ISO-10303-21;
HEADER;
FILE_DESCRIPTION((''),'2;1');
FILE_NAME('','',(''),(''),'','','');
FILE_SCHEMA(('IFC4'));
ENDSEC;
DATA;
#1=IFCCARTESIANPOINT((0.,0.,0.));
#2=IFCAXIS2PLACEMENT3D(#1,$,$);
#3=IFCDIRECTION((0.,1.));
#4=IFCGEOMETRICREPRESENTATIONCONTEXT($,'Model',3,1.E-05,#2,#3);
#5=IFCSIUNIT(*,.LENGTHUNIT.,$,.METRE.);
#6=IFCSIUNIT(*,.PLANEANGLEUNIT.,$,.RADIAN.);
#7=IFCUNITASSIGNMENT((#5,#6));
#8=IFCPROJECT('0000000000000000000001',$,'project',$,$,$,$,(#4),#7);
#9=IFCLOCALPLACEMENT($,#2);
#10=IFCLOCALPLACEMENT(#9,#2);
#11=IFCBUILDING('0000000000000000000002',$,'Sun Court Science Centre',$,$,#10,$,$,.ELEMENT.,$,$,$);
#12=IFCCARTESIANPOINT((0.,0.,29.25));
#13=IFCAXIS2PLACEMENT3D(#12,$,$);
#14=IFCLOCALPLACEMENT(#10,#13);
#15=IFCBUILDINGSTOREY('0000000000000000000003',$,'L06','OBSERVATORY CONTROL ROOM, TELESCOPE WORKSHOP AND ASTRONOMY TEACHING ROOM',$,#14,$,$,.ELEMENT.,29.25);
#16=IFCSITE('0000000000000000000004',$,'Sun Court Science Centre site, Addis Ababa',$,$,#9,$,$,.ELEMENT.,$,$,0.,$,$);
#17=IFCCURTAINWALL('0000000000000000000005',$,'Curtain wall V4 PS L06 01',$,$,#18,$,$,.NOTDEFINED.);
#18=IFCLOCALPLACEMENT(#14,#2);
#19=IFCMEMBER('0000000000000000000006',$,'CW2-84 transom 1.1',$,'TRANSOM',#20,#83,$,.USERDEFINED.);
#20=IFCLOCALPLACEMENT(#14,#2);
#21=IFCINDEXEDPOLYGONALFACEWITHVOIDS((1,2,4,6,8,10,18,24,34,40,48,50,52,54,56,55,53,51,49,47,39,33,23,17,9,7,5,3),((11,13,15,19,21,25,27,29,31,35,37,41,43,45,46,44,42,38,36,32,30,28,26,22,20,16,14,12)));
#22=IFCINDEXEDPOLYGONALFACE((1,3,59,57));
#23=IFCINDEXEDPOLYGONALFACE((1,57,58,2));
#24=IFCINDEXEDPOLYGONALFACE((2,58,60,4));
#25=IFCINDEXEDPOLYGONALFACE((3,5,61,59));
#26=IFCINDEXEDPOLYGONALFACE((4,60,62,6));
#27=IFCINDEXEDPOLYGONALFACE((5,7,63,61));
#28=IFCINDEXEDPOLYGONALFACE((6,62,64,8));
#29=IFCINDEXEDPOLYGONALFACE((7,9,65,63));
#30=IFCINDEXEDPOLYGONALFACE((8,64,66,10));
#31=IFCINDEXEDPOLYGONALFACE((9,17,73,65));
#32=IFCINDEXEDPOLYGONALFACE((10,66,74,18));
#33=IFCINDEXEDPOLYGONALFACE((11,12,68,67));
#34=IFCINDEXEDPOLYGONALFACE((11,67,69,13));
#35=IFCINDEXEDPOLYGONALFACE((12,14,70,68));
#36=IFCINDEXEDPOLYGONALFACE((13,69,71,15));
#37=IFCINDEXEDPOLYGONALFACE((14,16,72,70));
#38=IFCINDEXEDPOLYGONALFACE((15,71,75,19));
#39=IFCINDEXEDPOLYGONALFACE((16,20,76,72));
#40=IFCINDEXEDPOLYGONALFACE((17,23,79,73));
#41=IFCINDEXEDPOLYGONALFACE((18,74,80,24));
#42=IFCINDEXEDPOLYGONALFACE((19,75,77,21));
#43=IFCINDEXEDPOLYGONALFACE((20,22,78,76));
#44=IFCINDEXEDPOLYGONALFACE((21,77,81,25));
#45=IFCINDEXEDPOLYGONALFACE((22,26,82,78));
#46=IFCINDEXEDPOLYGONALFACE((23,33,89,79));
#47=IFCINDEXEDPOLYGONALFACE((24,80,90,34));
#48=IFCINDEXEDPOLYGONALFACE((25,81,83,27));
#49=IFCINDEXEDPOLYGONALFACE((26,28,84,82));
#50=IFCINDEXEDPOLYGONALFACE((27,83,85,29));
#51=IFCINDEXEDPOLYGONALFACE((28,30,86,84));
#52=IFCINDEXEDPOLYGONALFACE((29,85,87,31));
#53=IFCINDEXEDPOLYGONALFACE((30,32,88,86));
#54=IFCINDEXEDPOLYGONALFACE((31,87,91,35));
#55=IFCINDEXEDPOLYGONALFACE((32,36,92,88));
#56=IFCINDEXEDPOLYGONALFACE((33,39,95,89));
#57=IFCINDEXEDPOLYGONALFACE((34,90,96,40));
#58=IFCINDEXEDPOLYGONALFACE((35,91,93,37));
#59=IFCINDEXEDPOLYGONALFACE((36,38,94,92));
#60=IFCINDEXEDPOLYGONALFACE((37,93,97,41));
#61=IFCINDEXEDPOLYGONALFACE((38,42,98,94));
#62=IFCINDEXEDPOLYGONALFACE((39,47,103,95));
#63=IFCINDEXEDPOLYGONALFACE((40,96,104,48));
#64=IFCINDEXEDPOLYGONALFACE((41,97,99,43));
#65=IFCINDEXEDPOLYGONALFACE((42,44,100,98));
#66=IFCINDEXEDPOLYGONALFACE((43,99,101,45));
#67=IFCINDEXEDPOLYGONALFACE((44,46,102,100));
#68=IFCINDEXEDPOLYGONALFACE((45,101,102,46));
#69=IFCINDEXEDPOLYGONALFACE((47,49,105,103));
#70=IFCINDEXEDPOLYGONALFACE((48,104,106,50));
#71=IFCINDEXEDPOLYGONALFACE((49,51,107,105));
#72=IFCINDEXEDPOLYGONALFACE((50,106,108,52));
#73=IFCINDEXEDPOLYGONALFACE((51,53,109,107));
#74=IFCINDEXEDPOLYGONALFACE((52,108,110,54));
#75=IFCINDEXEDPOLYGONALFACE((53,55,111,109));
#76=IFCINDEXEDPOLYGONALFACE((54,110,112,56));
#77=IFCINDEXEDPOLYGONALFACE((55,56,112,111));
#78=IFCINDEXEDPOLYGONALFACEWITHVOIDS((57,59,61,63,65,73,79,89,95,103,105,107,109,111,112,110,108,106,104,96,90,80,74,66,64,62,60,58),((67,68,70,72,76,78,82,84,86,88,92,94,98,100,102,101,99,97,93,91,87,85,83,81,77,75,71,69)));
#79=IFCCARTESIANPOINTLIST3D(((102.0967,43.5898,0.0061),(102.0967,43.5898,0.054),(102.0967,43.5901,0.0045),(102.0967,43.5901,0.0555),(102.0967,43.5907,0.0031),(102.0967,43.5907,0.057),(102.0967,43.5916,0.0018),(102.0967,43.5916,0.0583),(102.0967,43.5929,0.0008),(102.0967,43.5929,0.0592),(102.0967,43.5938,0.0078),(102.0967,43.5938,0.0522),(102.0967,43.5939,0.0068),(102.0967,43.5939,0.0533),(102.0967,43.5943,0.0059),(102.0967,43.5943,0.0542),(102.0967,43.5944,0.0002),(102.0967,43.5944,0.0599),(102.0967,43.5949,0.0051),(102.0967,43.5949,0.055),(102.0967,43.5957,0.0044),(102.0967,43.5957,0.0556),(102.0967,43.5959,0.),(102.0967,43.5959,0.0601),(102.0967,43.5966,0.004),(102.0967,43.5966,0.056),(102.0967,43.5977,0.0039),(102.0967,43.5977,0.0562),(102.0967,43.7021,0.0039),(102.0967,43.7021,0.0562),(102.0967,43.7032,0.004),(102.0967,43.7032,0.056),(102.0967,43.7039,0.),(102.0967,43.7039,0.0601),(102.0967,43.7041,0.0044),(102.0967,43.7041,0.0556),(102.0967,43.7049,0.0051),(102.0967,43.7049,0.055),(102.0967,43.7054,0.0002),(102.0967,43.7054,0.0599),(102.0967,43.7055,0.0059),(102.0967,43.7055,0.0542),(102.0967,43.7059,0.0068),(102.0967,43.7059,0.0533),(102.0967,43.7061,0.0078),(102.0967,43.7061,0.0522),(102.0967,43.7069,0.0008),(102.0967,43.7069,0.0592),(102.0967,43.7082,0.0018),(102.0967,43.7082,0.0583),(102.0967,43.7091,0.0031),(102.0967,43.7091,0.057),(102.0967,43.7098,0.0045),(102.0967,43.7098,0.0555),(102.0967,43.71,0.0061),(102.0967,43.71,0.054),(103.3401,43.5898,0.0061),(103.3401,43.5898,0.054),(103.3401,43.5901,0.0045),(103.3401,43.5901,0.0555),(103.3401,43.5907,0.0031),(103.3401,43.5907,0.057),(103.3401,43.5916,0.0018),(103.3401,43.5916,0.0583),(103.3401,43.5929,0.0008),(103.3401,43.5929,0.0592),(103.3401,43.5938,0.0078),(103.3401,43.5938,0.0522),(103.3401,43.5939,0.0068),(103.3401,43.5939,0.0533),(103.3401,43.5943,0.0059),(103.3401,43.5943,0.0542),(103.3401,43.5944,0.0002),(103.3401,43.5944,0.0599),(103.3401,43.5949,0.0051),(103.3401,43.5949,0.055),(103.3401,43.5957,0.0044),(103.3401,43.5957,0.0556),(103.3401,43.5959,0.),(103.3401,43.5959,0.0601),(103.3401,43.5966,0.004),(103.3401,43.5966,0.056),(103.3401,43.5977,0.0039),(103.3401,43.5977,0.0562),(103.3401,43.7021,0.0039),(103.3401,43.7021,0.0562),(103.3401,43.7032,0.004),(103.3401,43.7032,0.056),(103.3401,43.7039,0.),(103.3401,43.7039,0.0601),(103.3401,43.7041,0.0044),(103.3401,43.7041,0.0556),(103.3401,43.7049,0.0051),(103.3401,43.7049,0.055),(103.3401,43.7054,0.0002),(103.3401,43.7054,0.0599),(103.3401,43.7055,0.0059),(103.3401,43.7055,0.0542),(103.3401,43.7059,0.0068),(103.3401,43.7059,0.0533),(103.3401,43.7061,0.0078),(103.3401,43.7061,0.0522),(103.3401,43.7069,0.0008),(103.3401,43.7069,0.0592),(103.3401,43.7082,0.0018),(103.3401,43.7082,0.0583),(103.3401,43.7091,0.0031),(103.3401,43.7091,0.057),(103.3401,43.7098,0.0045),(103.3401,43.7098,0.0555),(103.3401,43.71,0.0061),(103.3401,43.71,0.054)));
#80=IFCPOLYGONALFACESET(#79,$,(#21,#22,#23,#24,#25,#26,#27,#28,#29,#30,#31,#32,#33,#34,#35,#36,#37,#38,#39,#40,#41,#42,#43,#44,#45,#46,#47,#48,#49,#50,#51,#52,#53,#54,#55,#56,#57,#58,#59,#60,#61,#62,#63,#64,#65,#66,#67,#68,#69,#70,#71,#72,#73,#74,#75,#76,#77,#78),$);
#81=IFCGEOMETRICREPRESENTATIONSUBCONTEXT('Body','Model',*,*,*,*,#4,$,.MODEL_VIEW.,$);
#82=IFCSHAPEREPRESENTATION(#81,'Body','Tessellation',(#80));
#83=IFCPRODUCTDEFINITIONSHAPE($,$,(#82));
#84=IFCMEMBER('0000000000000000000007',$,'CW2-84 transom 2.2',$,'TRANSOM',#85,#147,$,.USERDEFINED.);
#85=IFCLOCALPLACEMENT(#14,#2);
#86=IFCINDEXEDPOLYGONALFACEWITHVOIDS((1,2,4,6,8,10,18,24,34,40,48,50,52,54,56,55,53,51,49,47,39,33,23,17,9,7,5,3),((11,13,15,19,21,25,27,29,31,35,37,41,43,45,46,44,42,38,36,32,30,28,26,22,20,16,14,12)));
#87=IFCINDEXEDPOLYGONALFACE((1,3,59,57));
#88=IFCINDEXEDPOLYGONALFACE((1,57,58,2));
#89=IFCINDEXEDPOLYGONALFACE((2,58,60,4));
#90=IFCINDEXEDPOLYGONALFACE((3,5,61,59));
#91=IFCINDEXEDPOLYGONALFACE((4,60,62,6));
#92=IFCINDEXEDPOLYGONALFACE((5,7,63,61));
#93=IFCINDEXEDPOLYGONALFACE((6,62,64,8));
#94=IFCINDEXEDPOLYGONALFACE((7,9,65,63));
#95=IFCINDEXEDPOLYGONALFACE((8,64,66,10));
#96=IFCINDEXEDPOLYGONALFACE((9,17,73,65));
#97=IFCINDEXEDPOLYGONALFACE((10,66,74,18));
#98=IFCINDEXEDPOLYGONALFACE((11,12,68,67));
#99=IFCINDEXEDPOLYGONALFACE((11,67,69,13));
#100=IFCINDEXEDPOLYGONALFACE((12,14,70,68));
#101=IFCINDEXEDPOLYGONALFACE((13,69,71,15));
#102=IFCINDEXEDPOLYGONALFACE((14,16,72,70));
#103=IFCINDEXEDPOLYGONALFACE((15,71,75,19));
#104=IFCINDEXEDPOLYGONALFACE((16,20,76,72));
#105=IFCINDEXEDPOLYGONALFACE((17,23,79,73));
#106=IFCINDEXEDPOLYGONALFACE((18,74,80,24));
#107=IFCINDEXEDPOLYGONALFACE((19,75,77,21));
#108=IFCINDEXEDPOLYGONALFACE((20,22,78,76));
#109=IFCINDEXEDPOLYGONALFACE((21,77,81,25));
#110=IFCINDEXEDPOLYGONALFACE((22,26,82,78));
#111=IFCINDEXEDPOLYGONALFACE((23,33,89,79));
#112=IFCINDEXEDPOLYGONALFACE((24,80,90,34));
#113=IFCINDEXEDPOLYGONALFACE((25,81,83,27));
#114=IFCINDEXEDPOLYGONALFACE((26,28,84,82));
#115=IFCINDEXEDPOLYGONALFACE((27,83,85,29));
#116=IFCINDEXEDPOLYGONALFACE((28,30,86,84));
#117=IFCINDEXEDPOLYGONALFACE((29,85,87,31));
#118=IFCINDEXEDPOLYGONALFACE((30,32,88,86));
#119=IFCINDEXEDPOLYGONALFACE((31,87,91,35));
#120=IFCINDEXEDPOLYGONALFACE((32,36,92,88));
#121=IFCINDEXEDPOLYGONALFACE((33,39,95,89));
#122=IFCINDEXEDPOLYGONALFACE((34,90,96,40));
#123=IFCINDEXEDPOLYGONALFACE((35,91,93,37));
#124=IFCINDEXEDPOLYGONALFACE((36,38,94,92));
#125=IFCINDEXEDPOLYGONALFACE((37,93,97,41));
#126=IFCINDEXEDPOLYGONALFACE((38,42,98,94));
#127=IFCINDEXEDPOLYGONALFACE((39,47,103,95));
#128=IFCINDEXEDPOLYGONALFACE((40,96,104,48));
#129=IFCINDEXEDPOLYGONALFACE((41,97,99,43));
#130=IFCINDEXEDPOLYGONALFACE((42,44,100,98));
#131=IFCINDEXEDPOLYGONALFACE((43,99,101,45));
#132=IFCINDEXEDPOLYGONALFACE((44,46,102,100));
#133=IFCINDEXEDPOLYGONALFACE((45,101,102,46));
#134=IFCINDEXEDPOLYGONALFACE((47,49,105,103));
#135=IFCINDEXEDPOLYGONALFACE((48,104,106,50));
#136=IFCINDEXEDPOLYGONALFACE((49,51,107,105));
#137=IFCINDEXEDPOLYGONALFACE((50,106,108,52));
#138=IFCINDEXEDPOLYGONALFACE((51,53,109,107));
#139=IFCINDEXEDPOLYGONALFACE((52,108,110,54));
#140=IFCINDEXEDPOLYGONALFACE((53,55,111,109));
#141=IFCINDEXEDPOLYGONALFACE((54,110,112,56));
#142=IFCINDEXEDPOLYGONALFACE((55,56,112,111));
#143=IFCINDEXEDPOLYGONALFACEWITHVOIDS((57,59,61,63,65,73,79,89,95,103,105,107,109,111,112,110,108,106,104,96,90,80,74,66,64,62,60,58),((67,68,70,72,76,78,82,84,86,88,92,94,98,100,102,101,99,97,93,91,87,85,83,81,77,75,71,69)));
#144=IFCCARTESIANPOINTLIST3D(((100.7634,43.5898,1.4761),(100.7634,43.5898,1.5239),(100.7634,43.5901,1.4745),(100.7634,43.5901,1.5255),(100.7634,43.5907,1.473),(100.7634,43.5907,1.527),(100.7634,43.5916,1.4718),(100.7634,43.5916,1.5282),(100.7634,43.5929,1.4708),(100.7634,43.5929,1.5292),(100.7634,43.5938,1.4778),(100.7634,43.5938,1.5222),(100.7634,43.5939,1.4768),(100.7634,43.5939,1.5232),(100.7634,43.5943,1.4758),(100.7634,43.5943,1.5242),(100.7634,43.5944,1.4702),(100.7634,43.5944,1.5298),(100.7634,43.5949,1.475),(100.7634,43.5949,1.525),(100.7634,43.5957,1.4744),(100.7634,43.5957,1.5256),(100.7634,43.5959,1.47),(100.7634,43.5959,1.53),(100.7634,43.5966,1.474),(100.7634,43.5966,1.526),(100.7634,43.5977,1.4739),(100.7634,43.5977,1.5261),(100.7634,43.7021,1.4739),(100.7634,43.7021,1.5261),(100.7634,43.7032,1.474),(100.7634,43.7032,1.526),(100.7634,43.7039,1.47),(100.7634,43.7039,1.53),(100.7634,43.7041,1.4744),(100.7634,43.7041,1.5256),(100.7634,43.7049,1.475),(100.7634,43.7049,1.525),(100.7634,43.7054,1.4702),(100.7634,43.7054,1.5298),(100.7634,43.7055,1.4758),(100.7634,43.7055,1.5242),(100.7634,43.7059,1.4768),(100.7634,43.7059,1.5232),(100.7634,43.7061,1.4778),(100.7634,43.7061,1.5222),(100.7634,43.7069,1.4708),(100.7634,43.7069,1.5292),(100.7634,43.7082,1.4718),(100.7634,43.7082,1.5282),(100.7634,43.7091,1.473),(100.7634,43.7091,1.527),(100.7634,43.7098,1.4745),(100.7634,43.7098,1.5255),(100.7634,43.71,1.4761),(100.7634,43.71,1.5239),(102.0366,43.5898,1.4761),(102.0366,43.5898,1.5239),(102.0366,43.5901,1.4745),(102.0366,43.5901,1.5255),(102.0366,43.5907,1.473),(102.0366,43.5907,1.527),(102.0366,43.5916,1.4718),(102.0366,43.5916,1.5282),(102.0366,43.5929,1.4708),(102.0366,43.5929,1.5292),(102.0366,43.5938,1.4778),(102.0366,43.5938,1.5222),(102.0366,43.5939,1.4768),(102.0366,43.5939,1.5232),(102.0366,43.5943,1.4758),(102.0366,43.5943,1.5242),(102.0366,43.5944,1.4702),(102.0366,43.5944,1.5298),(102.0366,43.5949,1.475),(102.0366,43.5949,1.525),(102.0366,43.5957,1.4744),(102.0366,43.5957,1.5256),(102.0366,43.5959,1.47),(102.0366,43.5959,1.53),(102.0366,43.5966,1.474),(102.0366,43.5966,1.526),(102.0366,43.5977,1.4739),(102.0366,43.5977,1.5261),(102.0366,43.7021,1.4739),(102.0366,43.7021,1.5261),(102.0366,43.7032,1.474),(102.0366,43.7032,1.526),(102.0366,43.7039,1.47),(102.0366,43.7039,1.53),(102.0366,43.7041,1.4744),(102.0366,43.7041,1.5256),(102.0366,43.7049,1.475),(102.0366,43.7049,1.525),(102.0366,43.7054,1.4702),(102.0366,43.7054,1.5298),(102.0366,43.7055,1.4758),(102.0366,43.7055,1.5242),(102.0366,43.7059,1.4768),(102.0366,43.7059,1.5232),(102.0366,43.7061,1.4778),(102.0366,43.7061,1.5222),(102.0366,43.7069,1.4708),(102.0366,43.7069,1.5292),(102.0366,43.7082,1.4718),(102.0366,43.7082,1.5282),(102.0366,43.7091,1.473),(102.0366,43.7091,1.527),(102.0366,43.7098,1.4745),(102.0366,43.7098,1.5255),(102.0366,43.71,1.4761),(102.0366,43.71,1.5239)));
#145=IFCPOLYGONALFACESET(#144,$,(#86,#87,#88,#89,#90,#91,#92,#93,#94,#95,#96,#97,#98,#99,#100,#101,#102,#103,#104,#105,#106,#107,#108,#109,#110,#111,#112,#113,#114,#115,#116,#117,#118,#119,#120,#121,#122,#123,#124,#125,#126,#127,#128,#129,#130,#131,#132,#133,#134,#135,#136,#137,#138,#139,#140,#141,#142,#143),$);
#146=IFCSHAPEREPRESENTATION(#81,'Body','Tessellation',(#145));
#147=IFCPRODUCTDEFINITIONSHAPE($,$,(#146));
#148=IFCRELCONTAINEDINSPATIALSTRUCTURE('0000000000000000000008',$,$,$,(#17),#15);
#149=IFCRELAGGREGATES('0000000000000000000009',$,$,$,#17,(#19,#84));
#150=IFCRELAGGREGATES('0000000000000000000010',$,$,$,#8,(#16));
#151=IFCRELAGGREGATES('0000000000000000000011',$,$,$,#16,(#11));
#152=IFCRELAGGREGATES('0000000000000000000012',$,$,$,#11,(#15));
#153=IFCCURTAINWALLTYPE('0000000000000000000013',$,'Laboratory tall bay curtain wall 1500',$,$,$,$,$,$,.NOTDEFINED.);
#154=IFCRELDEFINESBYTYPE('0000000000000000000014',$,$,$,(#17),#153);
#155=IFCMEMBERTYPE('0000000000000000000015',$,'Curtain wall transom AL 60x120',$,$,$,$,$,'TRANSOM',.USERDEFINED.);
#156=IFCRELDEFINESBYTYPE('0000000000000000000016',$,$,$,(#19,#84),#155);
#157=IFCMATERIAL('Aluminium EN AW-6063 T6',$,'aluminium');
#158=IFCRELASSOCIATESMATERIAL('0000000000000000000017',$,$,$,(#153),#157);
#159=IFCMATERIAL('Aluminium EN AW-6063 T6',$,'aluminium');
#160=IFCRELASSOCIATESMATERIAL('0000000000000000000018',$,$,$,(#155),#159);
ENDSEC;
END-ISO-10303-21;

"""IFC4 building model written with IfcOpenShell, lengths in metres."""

from ifc_helpers import new_model, si_unit, direction, frame, origin, origin_2d, place, context, subcontext, project, spatial, hollow_rectangle, extrude, material, material_profile, profile_set, type_object, element, aggregate, save


model = new_model("IFC4")

# Units and contexts
model_context = context("Model", 3, precision=1e-05, world=origin(), true_north=direction((0.0, 1.0)))
body_context = subcontext(model_context, "Body", "Model", "MODEL_VIEW")
ifc_project = project(units=[si_unit("LENGTHUNIT", "METRE"), si_unit("PLANEANGLEUNIT", "RADIAN")], contexts=[model_context])

# Site, building, storey
site_placement = place(None, origin())
site = spatial("IfcSite", under=ifc_project, at=site_placement, Name="Sun Court Science Centre site, Addis Ababa", CompositionType="ELEMENT", RefElevation=0.0)
building_placement = place(site_placement, origin())
building = spatial("IfcBuilding", under=site, at=building_placement, Name="Sun Court Science Centre", CompositionType="ELEMENT")
storey_placement = place(building_placement, frame((0.0, 0.0, 29.25)))
storey = spatial("IfcBuildingStorey", under=building, at=storey_placement, Name="L06", Description="OBSERVATORY CONTROL ROOM, TELESCOPE WORKSHOP AND ASTRONOMY TEACHING ROOM", CompositionType="ELEMENT", Elevation=29.25)

# Curtain wall, members
ifc_material_1 = material(Name="Aluminium EN AW-6063 T6", Category="aluminium")
curtain_wall_type = type_object("IfcCurtainWallType", Name="Laboratory tall bay curtain wall 1500", PredefinedType="NOTDEFINED", material=ifc_material_1)
curtain_wall_placement = place(storey_placement, origin())
curtain_wall = element("IfcCurtainWall", 1, at=curtain_wall_placement, inside=storey, type_object=curtain_wall_type, Name="Curtain wall V4 PS L06 01", PredefinedType="NOTDEFINED")
ifc_material_2 = material(Name="Aluminium EN AW-6063 T6", Category="aluminium")
ifc_material_profile_1 = material_profile(ifc_material_2, hollow_rectangle(XDim=0.0601, YDim=0.1201, WallThickness=0.0039, InnerFilletRadius=0.0039, OuterFilletRadius=0.0061, at=origin_2d()), Name="AL 60x120x4")
ifc_profile_set_1 = profile_set([ifc_material_profile_1], Name="Aluminium EN AW-6063 T6")
member_type_1 = type_object("IfcMemberType", Name="Curtain wall transom AL 60x120", ElementType="TRANSOM", PredefinedType="USERDEFINED", material=ifc_profile_set_1)
member_1_placement = place(storey_placement, frame((103.3401, 43.6499, 0.03), z_axis=(-1.0, 0.0, 0.0), x_axis=(0.0, 0.0, 1.0)))
member_1 = element("IfcMember", 2, at=member_1_placement, type_object=member_type_1, Name="CW2-84 transom 1.1", ObjectType="TRANSOM", PredefinedType="USERDEFINED", context=body_context, shape_type="SweptSolid", body=[
    extrude(hollow_rectangle(XDim=0.0601, YDim=0.1201, WallThickness=0.0039, InnerFilletRadius=0.0039, OuterFilletRadius=0.0061, at=origin_2d()), origin(), (0.0, 0.0, 1.0), 1.2434),
])
member_2_placement = place(storey_placement, frame((102.0366, 43.6499, 1.5), z_axis=(-1.0, 0.0, 0.0), x_axis=(0.0, 0.0, 1.0)))
member_2 = element("IfcMember", 3, at=member_2_placement, type_object=member_type_1, Name="CW2-84 transom 2.2", ObjectType="TRANSOM", PredefinedType="USERDEFINED", context=body_context, shape_type="SweptSolid", body=[
    extrude(hollow_rectangle(XDim=0.0601, YDim=0.1201, WallThickness=0.0039, InnerFilletRadius=0.0039, OuterFilletRadius=0.0061, at=origin_2d()), origin(), (0.0, 0.0, 1.0), 1.2732),
])

aggregate(curtain_wall, [member_1, member_2])

save(model, "model.ifc")
